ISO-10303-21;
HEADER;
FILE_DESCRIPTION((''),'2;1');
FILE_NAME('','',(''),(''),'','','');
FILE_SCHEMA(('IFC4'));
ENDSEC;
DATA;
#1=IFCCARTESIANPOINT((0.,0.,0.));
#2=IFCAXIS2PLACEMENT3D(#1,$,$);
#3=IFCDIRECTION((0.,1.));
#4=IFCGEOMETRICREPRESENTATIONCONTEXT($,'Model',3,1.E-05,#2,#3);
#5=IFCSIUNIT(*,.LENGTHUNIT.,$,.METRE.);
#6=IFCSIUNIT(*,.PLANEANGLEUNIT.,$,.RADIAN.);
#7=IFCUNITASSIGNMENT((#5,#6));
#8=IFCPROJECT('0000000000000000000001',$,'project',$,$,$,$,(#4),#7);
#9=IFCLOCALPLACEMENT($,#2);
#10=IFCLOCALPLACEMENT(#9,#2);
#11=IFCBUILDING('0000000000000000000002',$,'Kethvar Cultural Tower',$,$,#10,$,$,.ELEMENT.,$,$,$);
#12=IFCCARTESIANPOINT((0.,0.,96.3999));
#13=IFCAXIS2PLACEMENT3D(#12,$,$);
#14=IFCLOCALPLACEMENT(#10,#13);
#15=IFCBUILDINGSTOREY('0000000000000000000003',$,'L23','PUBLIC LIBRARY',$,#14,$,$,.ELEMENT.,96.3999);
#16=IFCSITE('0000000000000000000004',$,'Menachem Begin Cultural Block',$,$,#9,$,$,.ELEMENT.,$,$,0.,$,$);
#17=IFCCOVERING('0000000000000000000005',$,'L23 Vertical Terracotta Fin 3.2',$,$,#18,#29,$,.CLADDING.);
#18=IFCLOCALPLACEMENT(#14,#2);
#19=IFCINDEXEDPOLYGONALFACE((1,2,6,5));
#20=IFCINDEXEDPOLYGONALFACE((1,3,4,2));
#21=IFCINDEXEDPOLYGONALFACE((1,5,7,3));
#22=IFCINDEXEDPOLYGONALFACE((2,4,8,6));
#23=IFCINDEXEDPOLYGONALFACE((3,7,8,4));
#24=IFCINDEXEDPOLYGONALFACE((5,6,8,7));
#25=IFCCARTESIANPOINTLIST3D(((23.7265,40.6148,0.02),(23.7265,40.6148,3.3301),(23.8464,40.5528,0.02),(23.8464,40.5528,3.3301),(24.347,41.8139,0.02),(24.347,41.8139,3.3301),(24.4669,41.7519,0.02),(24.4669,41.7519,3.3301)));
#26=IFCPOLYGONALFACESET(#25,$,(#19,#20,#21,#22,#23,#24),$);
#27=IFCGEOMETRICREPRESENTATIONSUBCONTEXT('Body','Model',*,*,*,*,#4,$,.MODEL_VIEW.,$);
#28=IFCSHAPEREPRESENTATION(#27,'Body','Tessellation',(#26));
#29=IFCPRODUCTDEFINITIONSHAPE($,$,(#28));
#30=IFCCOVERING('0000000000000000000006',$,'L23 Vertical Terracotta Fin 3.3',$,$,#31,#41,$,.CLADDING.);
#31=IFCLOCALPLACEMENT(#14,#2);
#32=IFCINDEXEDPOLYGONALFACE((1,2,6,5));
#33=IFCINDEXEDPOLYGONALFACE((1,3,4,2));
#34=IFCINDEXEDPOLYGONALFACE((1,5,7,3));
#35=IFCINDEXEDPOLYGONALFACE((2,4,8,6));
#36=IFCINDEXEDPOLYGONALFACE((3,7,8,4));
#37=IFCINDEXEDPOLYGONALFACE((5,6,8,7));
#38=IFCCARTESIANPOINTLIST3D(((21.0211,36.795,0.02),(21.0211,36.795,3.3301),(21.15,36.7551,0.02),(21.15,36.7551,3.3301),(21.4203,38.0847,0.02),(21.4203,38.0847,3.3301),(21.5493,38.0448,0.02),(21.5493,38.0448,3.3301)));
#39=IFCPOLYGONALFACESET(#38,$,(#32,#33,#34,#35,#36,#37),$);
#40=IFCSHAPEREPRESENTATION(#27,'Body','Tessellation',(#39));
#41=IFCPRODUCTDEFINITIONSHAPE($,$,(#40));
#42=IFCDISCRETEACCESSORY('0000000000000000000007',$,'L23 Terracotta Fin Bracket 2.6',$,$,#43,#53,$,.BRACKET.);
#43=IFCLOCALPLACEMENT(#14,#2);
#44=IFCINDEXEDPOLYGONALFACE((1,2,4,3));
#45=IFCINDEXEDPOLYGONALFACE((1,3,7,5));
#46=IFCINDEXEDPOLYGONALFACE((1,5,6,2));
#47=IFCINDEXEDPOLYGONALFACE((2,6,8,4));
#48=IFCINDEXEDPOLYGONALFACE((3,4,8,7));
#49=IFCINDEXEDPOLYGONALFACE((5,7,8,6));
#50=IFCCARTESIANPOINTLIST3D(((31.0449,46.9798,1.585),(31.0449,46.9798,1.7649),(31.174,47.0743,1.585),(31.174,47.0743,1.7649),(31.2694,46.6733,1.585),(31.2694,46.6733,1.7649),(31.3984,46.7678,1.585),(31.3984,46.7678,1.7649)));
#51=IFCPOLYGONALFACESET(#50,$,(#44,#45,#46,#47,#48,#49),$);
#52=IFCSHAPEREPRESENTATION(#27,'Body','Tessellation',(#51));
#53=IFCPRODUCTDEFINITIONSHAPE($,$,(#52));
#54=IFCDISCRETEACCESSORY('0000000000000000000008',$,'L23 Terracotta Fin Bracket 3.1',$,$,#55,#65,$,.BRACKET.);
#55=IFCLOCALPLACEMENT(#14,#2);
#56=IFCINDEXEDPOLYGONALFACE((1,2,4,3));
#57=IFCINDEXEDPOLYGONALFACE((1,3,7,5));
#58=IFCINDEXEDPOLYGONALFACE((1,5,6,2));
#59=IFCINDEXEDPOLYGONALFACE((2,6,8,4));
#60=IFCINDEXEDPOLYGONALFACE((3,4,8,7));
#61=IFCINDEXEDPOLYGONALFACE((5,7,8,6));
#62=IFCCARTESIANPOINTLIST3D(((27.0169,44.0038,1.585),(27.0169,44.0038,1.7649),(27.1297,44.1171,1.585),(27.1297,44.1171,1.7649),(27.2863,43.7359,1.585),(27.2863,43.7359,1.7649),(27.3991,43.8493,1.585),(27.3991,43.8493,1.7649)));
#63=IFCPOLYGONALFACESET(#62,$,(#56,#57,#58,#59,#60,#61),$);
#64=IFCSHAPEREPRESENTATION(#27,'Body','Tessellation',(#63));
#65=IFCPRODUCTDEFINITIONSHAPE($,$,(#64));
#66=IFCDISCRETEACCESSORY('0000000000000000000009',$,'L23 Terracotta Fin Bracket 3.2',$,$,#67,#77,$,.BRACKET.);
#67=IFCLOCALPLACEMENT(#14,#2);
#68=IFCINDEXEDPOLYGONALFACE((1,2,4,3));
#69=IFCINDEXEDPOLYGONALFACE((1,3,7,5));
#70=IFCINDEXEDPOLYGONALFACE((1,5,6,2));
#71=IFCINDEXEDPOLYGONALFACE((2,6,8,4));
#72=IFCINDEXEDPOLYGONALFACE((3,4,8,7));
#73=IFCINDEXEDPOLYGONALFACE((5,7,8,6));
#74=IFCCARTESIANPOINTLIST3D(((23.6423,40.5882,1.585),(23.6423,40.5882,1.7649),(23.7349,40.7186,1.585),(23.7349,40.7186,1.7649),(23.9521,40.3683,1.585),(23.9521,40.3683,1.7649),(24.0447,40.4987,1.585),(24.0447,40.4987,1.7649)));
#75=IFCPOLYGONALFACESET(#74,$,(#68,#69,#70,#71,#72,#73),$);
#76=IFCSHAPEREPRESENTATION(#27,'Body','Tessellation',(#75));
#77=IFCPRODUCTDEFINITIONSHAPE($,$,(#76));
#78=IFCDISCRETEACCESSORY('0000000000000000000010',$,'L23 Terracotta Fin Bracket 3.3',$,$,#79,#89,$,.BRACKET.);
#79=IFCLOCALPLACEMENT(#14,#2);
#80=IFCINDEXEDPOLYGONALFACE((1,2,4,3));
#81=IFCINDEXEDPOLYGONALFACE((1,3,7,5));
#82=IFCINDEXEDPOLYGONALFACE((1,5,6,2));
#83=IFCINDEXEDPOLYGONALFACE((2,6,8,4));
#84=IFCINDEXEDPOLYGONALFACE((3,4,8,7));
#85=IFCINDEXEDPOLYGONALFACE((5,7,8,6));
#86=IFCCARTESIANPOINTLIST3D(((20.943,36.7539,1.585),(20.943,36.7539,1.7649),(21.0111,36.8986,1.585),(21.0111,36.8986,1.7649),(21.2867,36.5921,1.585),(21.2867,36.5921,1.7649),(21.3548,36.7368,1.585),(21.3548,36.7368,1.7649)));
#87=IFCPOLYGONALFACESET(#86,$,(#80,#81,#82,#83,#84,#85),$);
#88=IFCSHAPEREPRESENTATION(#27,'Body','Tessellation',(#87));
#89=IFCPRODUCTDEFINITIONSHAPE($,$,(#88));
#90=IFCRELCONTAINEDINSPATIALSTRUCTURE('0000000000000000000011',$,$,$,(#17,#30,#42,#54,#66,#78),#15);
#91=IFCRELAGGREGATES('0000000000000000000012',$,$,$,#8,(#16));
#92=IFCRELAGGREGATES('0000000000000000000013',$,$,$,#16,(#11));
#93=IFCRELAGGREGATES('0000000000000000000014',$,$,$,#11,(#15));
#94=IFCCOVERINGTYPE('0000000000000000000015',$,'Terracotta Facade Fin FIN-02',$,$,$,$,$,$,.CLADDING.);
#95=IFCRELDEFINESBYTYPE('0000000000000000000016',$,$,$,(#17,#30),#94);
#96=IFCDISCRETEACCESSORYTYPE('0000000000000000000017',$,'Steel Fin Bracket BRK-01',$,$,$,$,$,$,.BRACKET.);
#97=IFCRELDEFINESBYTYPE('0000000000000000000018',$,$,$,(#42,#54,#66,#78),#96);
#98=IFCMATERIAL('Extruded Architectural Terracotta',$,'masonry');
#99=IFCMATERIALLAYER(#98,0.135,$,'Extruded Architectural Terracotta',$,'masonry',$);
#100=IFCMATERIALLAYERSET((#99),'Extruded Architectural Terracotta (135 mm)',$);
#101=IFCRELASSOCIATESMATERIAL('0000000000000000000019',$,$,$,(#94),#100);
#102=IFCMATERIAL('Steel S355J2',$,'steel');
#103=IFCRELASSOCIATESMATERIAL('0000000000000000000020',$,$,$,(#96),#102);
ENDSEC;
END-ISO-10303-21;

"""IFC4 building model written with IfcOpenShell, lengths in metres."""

from ifc_helpers import new_model, si_unit, direction, frame, origin, origin_2d, place, context, subcontext, project, spatial, rectangle, extrude, source, transform, mapped, material, layer, layer_set, type_object, element, save


model = new_model("IFC4")

# Units and contexts
model_context = context("Model", 3, precision=1e-05, world=origin(), true_north=direction((0.0, 1.0)))
body_context = subcontext(model_context, "Body", "Model", "MODEL_VIEW")
ifc_project = project(units=[si_unit("LENGTHUNIT", "METRE"), si_unit("PLANEANGLEUNIT", "RADIAN")], contexts=[model_context])

# Site, building, storey
site_placement = place(None, origin())
site = spatial("IfcSite", under=ifc_project, at=site_placement, Name="Menachem Begin Cultural Block", CompositionType="ELEMENT", RefElevation=0.0)
building_placement = place(site_placement, origin())
building = spatial("IfcBuilding", under=site, at=building_placement, Name="Kethvar Cultural Tower", CompositionType="ELEMENT")
storey_placement = place(building_placement, frame((0.0, 0.0, 96.3999)))
storey = spatial("IfcBuildingStorey", under=building, at=storey_placement, Name="L23", Description="PUBLIC LIBRARY", CompositionType="ELEMENT", Elevation=96.3999)

# Shared definitions
ifc_material_1 = material(Name="Steel S355J2", Category="steel")

# Coverings
ifc_material_2 = material(Name="Extruded Architectural Terracotta", Category="masonry")
ifc_layer_1 = layer(ifc_material_2, 0.135, Name="Extruded Architectural Terracotta", Category="masonry")
ifc_layer_set_1 = layer_set([ifc_layer_1], Name="Extruded Architectural Terracotta (135 mm)")
covering_type = type_object("IfcCoveringType", Name="Terracotta Facade Fin FIN-02", PredefinedType="CLADDING", material=ifc_layer_set_1)
shared_shape_1 = source(origin(), body_context, "Body", "SweptSolid", [
    extrude(rectangle(XDim=1.3501, YDim=0.135, at=origin_2d()), origin(), (0.0, 0.0, 1.0), 3.3101),
])
for number, where, z_axis, x_axis, name in (
    (1, (24.0967, 41.1833, 0.02), (0.0, 0.0, 1.0), (0.45958, 0.888136, 0.0), "L23 Vertical Terracotta Fin 3.2"),
    (2, (21.2852, 37.4199, 0.02), (0.0, 0.0, 1.0), (0.295708, 0.955278, 0.0), "L23 Vertical Terracotta Fin 3.3"),
):
    element("IfcCovering", number, at=place(storey_placement, frame(where, z_axis=z_axis, x_axis=x_axis)), inside=storey, type_object=covering_type, Name=name, PredefinedType="CLADDING", context=body_context, shape_type="MappedRepresentation", body=[
        mapped(shared_shape_1, transform((0.0, 0.0, 0.0), scale=1.0)),
    ])

# Discrete accessories
discrete_accessory_type = type_object("IfcDiscreteAccessoryType", Name="Steel Fin Bracket BRK-01", PredefinedType="BRACKET", material=ifc_material_1)
shared_shape_2 = source(origin(), body_context, "Body", "SweptSolid", [
    extrude(rectangle(XDim=0.3799, YDim=0.1599, at=origin_2d()), origin(), (0.0, 0.0, 1.0), 0.1799),
])
for number, where, z_axis, x_axis, name in (
    (3, (31.2217, 46.8738, 1.585), (0.0, 0.0, 1.0), (-0.590887, 0.806754, 0.0), "L23 Terracotta Fin Bracket 2.6"),
    (4, (27.208, 43.9265, 1.585), (0.0, 0.0, 1.0), (-0.709079, 0.705129, 0.0), "L23 Terracotta Fin Bracket 3.1"),
    (5, (23.8435, 40.5435, 1.585), (0.0, 0.0, 1.0), (-0.815532, 0.578712, 0.0), "L23 Terracotta Fin Bracket 3.2"),
    (6, (21.1489, 36.7454, 1.585), (0.0, 0.0, 1.0), (-0.904827, 0.425779, 0.0), "L23 Terracotta Fin Bracket 3.3"),
):
    element("IfcDiscreteAccessory", number, at=place(storey_placement, frame(where, z_axis=z_axis, x_axis=x_axis)), inside=storey, type_object=discrete_accessory_type, Name=name, PredefinedType="BRACKET", context=body_context, shape_type="MappedRepresentation", body=[
        mapped(shared_shape_2, transform((0.0, 0.0, 0.0), scale=1.0)),
    ])

save(model, "model.ifc")
